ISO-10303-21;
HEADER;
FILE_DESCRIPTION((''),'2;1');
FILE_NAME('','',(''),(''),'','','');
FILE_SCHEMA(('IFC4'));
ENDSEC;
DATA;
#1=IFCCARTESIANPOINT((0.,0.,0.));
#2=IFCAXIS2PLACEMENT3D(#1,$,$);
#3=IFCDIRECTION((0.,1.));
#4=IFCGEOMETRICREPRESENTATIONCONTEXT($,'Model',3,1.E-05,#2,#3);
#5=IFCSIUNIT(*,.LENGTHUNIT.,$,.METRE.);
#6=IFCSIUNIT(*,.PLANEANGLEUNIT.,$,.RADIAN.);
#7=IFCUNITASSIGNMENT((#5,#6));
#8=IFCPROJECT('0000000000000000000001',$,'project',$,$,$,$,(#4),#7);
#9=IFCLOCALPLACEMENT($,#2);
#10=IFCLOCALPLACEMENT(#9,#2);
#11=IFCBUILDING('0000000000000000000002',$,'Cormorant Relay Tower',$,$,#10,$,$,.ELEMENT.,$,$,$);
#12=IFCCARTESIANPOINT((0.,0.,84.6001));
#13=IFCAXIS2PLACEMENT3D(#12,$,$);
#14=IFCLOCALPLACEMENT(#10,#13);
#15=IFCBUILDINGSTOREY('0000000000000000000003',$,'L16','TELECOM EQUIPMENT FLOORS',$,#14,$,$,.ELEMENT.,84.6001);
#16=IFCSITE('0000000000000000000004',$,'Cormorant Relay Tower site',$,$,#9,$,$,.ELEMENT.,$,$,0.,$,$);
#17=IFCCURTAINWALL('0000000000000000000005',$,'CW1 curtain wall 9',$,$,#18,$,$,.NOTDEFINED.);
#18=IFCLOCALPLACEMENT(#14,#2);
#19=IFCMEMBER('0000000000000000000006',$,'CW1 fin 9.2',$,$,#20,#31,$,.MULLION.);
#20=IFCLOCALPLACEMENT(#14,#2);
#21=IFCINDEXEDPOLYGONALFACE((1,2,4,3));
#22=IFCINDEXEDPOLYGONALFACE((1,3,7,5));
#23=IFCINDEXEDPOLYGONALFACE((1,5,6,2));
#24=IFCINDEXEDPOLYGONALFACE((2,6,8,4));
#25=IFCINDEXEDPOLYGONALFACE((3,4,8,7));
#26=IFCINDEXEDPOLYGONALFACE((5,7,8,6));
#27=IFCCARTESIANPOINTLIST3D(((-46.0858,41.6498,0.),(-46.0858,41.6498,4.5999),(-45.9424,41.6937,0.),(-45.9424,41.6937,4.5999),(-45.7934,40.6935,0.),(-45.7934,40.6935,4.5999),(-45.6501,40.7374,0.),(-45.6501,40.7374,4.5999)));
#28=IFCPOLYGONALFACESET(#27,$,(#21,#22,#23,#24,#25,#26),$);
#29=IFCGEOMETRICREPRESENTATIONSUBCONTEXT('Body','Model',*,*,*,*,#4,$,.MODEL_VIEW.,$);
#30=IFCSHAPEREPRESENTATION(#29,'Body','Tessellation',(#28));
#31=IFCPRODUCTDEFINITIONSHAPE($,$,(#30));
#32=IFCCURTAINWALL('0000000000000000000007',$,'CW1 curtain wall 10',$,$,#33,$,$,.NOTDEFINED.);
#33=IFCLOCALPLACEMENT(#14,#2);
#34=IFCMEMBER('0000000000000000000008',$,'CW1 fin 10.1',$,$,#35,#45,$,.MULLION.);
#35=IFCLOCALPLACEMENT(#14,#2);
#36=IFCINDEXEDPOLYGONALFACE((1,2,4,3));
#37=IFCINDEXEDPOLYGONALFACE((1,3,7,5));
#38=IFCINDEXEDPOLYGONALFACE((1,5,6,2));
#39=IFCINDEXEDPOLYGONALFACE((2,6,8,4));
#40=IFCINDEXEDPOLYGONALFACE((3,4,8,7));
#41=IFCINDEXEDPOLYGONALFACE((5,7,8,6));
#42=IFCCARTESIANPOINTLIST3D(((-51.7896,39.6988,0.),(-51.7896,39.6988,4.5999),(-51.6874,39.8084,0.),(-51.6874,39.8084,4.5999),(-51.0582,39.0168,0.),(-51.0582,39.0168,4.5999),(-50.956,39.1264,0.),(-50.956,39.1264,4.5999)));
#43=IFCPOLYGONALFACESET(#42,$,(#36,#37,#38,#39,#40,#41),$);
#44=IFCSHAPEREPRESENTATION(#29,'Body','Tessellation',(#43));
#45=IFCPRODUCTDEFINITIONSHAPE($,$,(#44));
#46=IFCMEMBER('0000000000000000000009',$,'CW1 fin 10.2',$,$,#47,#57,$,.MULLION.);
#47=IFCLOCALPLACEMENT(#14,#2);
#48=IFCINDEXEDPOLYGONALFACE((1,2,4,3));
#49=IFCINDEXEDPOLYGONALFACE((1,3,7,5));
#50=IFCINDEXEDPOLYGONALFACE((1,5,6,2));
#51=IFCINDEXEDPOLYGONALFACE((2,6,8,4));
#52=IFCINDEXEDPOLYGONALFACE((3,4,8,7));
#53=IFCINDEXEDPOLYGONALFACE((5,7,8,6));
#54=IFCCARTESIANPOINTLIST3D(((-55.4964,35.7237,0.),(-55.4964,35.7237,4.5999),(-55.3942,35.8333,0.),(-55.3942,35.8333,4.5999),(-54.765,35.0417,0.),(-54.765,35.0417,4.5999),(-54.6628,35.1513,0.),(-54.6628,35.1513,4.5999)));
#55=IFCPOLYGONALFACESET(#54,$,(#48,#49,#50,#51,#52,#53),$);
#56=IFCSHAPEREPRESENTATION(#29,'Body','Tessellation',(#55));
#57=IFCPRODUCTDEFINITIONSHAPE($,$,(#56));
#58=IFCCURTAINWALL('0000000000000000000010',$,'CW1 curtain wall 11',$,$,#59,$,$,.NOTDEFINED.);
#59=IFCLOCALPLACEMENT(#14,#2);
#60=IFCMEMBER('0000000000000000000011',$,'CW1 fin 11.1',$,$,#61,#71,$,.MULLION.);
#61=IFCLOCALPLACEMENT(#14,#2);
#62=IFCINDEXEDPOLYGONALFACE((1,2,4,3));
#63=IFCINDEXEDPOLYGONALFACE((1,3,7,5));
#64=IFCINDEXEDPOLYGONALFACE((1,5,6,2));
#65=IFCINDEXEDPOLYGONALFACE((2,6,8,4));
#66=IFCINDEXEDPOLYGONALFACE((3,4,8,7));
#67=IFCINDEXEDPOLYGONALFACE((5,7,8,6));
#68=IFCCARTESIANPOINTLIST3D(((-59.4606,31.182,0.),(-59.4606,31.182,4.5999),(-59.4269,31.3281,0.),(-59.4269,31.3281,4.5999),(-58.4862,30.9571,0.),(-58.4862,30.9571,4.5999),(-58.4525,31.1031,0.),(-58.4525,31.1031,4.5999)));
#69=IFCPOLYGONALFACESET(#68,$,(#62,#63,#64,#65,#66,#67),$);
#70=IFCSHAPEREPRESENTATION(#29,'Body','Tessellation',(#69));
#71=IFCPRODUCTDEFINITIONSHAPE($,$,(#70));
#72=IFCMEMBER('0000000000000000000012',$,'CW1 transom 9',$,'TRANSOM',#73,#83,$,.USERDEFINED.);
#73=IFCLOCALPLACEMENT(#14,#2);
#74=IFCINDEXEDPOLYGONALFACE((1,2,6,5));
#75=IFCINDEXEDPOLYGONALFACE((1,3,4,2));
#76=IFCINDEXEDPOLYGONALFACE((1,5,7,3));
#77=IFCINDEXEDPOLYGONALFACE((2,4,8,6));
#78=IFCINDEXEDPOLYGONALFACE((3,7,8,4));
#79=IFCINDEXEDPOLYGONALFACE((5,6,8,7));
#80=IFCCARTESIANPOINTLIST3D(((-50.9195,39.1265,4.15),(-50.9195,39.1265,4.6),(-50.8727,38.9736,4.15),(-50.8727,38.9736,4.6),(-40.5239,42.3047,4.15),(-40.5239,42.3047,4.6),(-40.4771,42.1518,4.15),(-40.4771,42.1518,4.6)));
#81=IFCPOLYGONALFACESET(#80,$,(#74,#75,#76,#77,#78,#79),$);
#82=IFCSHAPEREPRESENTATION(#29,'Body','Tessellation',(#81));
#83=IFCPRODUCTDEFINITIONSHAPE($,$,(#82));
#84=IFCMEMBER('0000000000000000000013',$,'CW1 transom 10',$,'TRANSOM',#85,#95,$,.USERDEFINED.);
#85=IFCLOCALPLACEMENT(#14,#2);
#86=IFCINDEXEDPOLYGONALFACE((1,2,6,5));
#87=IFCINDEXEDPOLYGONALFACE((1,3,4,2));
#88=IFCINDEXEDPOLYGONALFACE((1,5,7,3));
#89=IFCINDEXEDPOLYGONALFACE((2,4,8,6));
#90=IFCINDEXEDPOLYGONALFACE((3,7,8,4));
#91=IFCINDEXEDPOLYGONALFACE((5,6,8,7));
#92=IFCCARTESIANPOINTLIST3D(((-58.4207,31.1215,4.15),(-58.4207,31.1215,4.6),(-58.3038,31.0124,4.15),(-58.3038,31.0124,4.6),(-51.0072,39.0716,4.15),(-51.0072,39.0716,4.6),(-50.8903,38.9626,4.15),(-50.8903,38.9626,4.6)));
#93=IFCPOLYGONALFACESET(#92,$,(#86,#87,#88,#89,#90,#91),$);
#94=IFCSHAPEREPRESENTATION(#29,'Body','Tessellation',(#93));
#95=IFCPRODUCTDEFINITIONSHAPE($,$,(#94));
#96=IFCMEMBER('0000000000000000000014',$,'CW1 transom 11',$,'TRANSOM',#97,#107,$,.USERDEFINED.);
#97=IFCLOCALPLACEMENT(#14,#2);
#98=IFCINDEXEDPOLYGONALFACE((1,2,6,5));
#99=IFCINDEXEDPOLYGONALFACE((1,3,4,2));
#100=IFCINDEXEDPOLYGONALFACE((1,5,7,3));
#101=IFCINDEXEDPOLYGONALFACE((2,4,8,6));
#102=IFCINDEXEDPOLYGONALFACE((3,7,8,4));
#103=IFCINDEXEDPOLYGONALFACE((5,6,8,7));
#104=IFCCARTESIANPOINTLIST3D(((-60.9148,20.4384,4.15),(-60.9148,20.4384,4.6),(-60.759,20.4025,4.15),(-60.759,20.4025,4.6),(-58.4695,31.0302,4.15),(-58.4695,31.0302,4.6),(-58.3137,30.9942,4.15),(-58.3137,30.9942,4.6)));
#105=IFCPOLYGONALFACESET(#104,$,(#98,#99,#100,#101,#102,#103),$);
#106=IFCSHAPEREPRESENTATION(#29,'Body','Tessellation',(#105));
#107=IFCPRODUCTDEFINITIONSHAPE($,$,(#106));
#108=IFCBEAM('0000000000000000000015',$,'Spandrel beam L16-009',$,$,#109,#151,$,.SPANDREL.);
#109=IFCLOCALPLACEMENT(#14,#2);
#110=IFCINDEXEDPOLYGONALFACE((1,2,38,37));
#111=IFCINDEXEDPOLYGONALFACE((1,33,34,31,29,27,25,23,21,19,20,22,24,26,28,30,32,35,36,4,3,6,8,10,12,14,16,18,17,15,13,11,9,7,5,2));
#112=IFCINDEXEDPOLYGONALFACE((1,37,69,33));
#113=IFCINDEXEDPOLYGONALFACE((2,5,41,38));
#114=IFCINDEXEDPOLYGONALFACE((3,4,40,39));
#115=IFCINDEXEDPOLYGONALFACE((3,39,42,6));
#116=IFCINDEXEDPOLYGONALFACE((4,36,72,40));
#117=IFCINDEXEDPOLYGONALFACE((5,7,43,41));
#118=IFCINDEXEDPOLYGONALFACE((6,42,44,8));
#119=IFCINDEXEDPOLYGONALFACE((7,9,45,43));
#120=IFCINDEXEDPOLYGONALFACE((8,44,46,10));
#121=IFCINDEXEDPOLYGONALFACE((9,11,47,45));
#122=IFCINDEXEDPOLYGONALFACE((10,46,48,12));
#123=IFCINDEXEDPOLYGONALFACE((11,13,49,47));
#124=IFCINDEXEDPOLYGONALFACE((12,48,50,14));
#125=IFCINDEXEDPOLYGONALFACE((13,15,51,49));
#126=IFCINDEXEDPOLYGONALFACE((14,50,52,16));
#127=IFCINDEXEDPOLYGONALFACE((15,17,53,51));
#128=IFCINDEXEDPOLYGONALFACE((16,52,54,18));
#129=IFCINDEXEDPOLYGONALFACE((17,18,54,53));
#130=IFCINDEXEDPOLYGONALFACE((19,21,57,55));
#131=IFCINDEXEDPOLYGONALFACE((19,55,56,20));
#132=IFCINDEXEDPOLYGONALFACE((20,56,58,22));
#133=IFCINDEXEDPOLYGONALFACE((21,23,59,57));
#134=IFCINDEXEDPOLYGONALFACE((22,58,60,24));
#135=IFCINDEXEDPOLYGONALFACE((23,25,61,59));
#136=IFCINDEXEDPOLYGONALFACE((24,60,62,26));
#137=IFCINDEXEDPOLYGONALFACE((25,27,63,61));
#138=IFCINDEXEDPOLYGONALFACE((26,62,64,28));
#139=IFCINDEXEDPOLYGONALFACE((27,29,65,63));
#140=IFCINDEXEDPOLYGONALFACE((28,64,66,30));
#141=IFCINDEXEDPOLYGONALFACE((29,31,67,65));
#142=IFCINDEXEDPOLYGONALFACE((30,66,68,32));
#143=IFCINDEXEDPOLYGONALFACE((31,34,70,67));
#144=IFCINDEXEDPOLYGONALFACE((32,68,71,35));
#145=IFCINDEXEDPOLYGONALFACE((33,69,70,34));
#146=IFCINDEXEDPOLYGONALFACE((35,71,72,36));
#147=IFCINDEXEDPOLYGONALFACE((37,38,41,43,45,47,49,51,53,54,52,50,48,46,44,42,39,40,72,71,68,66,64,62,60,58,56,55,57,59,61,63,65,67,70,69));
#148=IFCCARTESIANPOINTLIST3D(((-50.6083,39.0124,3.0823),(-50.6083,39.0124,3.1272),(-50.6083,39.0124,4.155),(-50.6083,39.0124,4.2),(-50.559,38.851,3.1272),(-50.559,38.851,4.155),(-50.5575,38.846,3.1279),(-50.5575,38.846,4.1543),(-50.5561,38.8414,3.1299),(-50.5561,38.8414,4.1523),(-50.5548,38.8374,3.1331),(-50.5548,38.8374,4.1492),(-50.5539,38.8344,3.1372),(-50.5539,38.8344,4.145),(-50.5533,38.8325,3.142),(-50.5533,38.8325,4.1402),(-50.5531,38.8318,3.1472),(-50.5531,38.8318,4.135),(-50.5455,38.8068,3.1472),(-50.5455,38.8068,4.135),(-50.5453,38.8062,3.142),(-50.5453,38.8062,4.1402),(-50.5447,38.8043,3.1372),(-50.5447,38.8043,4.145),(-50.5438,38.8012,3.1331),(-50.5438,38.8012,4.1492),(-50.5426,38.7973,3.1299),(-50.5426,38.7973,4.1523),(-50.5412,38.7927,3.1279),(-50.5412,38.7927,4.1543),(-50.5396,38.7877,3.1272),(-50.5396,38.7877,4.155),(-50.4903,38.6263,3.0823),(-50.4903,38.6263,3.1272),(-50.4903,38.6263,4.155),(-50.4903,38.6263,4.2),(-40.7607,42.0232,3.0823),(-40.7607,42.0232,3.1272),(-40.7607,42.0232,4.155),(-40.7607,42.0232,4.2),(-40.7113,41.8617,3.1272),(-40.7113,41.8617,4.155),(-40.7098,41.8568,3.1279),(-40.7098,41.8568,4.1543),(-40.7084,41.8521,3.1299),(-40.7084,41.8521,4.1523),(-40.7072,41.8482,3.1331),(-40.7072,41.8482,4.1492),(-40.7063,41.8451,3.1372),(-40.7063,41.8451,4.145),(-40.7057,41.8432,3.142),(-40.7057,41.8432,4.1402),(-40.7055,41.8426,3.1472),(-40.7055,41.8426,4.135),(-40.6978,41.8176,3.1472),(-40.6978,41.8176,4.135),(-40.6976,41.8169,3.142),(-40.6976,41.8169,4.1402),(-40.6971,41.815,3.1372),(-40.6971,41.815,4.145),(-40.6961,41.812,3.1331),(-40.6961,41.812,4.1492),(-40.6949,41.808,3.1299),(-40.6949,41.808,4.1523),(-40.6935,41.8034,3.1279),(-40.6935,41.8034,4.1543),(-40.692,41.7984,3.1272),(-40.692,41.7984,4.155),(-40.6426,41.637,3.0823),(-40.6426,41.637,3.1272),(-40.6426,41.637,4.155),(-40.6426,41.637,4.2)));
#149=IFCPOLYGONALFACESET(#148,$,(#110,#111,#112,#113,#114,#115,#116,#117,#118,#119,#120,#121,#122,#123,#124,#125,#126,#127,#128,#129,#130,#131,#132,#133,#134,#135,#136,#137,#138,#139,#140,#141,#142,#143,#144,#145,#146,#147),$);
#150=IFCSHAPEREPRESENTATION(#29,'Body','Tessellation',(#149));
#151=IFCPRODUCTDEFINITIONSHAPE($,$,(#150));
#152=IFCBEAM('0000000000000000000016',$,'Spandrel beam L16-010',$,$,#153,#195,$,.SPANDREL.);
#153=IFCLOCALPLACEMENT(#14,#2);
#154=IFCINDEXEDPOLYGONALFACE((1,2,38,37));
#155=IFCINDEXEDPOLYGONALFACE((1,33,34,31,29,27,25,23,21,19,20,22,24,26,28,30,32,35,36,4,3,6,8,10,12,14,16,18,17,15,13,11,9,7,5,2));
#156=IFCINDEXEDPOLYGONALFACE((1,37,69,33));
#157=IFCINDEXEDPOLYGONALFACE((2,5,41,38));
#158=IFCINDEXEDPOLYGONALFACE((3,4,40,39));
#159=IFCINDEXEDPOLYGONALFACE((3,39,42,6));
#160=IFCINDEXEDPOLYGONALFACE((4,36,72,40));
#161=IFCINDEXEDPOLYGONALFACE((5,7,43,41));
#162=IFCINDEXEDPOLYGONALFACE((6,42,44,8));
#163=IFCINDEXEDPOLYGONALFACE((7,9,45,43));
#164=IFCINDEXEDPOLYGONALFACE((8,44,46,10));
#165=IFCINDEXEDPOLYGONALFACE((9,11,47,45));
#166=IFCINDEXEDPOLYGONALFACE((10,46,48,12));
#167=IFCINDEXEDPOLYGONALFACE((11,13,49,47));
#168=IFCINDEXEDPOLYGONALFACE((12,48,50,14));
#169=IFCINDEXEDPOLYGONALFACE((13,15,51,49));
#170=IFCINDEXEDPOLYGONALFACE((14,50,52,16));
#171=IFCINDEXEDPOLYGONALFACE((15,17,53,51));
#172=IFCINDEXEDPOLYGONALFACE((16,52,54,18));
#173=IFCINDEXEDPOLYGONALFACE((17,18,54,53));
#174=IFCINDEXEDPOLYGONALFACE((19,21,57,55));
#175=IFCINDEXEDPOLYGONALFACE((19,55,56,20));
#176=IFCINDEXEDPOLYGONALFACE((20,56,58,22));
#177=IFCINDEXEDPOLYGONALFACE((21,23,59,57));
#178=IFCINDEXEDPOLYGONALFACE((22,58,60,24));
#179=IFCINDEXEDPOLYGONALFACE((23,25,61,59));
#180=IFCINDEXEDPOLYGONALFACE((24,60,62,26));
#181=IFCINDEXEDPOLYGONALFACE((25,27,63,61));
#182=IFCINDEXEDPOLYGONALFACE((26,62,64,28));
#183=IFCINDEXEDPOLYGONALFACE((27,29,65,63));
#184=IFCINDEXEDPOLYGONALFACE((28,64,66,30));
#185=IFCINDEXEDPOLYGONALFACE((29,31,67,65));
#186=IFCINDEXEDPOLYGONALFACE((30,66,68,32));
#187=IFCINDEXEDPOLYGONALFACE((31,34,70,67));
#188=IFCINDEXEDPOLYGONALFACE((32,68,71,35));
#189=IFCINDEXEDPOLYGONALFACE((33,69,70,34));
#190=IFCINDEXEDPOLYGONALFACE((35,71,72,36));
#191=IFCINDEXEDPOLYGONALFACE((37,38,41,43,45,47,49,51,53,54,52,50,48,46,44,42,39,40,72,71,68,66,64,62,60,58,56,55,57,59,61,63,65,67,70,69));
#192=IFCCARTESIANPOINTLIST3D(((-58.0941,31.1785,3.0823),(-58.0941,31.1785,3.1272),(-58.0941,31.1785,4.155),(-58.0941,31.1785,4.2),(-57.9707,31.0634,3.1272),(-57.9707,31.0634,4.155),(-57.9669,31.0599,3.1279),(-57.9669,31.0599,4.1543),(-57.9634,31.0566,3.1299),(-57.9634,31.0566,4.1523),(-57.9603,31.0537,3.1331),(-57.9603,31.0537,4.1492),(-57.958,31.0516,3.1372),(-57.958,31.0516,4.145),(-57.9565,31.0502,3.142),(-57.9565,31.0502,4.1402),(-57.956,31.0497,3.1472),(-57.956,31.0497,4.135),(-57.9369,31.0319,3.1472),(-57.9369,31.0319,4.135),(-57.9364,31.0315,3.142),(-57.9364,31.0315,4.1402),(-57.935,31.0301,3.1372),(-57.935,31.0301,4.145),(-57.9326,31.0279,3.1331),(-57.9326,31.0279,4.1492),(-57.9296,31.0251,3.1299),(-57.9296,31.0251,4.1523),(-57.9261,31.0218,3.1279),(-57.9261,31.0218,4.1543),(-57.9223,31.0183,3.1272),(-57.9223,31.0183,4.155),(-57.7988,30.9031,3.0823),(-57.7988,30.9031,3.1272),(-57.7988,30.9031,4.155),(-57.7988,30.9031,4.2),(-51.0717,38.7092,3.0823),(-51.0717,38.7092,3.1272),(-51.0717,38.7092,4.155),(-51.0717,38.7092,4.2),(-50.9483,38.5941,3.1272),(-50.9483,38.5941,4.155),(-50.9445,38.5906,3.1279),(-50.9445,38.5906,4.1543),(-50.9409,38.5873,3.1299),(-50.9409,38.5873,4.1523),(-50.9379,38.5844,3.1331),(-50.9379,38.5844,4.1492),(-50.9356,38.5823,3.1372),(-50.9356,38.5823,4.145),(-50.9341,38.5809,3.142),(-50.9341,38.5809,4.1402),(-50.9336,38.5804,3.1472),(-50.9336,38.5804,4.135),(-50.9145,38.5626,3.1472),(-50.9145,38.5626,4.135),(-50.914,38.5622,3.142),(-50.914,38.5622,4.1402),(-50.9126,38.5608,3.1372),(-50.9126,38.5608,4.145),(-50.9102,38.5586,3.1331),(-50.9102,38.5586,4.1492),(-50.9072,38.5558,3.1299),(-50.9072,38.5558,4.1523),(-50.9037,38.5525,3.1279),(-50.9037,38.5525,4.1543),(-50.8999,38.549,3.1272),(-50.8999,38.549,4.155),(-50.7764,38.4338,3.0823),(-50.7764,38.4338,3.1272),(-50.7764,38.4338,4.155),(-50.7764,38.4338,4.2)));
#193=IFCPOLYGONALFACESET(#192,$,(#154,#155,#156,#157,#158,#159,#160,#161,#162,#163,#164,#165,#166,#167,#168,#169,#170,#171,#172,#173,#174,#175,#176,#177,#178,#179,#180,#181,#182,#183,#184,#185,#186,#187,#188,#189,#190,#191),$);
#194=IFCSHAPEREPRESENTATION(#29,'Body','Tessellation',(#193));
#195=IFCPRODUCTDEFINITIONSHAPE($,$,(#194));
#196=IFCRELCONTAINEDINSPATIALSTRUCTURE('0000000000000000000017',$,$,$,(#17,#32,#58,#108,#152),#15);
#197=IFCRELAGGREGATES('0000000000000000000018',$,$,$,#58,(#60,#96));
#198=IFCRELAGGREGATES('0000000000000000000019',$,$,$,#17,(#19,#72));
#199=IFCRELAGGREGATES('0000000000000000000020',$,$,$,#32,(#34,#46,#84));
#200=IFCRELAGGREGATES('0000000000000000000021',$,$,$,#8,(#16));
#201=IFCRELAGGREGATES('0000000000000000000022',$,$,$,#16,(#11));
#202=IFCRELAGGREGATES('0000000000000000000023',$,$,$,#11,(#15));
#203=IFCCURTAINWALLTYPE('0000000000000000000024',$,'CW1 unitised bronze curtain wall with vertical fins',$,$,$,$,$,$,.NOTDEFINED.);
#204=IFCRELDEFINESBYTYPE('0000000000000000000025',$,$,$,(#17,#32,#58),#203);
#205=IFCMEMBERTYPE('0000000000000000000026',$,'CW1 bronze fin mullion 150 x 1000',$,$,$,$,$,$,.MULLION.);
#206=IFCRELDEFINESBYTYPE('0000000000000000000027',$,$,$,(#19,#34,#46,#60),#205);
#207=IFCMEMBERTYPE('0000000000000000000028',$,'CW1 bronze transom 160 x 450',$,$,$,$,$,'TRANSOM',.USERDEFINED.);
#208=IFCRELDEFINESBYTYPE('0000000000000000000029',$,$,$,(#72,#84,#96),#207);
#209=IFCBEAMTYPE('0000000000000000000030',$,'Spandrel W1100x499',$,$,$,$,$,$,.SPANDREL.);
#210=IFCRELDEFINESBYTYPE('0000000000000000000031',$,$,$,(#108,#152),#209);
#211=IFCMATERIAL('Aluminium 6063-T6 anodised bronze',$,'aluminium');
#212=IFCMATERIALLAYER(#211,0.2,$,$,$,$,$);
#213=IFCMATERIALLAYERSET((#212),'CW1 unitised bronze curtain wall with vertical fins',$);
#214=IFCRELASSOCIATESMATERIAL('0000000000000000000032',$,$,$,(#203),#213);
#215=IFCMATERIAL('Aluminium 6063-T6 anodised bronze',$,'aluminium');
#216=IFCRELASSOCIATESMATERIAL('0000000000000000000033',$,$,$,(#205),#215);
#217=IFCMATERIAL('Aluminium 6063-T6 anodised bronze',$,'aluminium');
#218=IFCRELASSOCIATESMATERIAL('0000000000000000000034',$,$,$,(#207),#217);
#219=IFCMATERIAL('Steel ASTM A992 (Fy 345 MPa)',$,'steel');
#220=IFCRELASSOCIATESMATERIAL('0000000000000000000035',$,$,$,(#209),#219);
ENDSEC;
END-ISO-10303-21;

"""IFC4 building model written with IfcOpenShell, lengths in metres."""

from ifc_helpers import new_model, si_unit, direction, frame, origin, origin_2d, place, context, subcontext, project, spatial, rectangle, i_section, extrude, material, layer, layer_set, material_profile, profile_set, type_object, element, aggregate, save


model = new_model("IFC4")

# Units and contexts
model_context = context("Model", 3, precision=1e-05, world=origin(), true_north=direction((0.0, 1.0)))
body_context = subcontext(model_context, "Body", "Model", "MODEL_VIEW")
ifc_project = project(units=[si_unit("LENGTHUNIT", "METRE"), si_unit("PLANEANGLEUNIT", "RADIAN")], contexts=[model_context])

# Site, building, storey
site_placement = place(None, origin())
site = spatial("IfcSite", under=ifc_project, at=site_placement, Name="Cormorant Relay Tower site", CompositionType="ELEMENT", RefElevation=0.0)
building_placement = place(site_placement, origin())
building = spatial("IfcBuilding", under=site, at=building_placement, Name="Cormorant Relay Tower", CompositionType="ELEMENT")
storey_placement = place(building_placement, frame((0.0, 0.0, 84.6001)))
storey = spatial("IfcBuildingStorey", under=building, at=storey_placement, Name="L16", Description="TELECOM EQUIPMENT FLOORS", CompositionType="ELEMENT", Elevation=84.6001)

# Curtain walls, members
ifc_material_1 = material(Name="Aluminium 6063-T6 anodised bronze", Category="aluminium")
ifc_layer_1 = layer(ifc_material_1, 0.2)
ifc_layer_set_1 = layer_set([ifc_layer_1], Name="CW1 unitised bronze curtain wall with vertical fins")
curtain_wall_type = type_object("IfcCurtainWallType", Name="CW1 unitised bronze curtain wall with vertical fins", PredefinedType="NOTDEFINED", material=ifc_layer_set_1)
curtain_wall_1_placement = place(storey_placement, origin())
curtain_wall_1 = element("IfcCurtainWall", 1, at=curtain_wall_1_placement, inside=storey, type_object=curtain_wall_type, Name="CW1 curtain wall 9", PredefinedType="NOTDEFINED")
ifc_material_2 = material(Name="Aluminium 6063-T6 anodised bronze", Category="aluminium")
ifc_material_profile_1 = material_profile(ifc_material_2, rectangle(XDim=0.1499, YDim=1.0, at=origin_2d()), Name="AL 150x1000")
ifc_profile_set_1 = profile_set([ifc_material_profile_1], Name="Aluminium 6063-T6 anodised bronze")
member_type_1 = type_object("IfcMemberType", Name="CW1 bronze fin mullion 150 x 1000", PredefinedType="MULLION", material=ifc_profile_set_1)
member_1_placement = place(storey_placement, frame((-45.8679, 41.1936, 0.0), z_axis=(0.0, 0.0, 1.0), x_axis=(-0.956305, -0.292372, 0.0)))
member_1 = element("IfcMember", 2, at=member_1_placement, type_object=member_type_1, Name="CW1 fin 9.2", PredefinedType="MULLION", context=body_context, shape_type="SweptSolid", body=[
    extrude(rectangle(XDim=0.1499, YDim=1.0, at=origin_2d()), origin(), (0.0, 0.0, 1.0), 4.5999),
])
curtain_wall_2_placement = place(storey_placement, origin())
curtain_wall_2 = element("IfcCurtainWall", 3, at=curtain_wall_2_placement, inside=storey, type_object=curtain_wall_type, Name="CW1 curtain wall 10", PredefinedType="NOTDEFINED")
member_2_placement = place(storey_placement, frame((-51.3728, 39.4126, 0.0), z_axis=(0.0, 0.0, 1.0), x_axis=(-0.681998, -0.731354, 0.0)))
member_2 = element("IfcMember", 4, at=member_2_placement, type_object=member_type_1, Name="CW1 fin 10.1", PredefinedType="MULLION", context=body_context, shape_type="SweptSolid", body=[
    extrude(rectangle(XDim=0.1499, YDim=1.0, at=origin_2d()), origin(), (0.0, 0.0, 1.0), 4.5999),
])
member_3_placement = place(storey_placement, frame((-55.0796, 35.4375, 0.0), z_axis=(0.0, 0.0, 1.0), x_axis=(-0.681998, -0.731354, 0.0)))
member_3 = element("IfcMember", 5, at=member_3_placement, type_object=member_type_1, Name="CW1 fin 10.2", PredefinedType="MULLION", context=body_context, shape_type="SweptSolid", body=[
    extrude(rectangle(XDim=0.1499, YDim=1.0, at=origin_2d()), origin(), (0.0, 0.0, 1.0), 4.5999),
])

# Curtain wall, member
curtain_wall_3_placement = place(storey_placement, origin())
curtain_wall_3 = element("IfcCurtainWall", 6, at=curtain_wall_3_placement, inside=storey, type_object=curtain_wall_type, Name="CW1 curtain wall 11", PredefinedType="NOTDEFINED")
member_4_placement = place(storey_placement, frame((-58.9565, 31.1426, 0.0), z_axis=(0.0, 0.0, 1.0), x_axis=(-0.224951, -0.97437, 0.0)))
member_4 = element("IfcMember", 7, at=member_4_placement, type_object=member_type_1, Name="CW1 fin 11.1", PredefinedType="MULLION", context=body_context, shape_type="SweptSolid", body=[
    extrude(rectangle(XDim=0.1499, YDim=1.0, at=origin_2d()), origin(), (0.0, 0.0, 1.0), 4.5999),
])

# Members
ifc_material_3 = material(Name="Aluminium 6063-T6 anodised bronze", Category="aluminium")
ifc_material_profile_2 = material_profile(ifc_material_3, rectangle(XDim=0.1599, YDim=0.45, at=origin_2d()), Name="AL 160x450")
ifc_profile_set_2 = profile_set([ifc_material_profile_2], Name="Aluminium 6063-T6 anodised bronze")
member_type_2 = type_object("IfcMemberType", Name="CW1 bronze transom 160 x 450", ElementType="TRANSOM", PredefinedType="USERDEFINED", material=ifc_profile_set_2)
member_5_placement = place(storey_placement, frame((-40.5005, 42.2283, 4.375), z_axis=(-0.956305, -0.292371, 0.0), x_axis=(0.292371, -0.956305, 0.0)))
member_5 = element("IfcMember", 8, at=member_5_placement, type_object=member_type_2, Name="CW1 transom 9", ObjectType="TRANSOM", PredefinedType="USERDEFINED", context=body_context, shape_type="SweptSolid", body=[
    extrude(rectangle(XDim=0.1599, YDim=0.45, at=origin_2d()), origin(), (0.0, 0.0, 1.0), 10.8706),
])
member_6_placement = place(storey_placement, frame((-50.9487, 39.0171, 4.375), z_axis=(-0.681993, -0.731358, 0.0), x_axis=(0.731358, -0.681993, 0.0)))
member_6 = element("IfcMember", 9, at=member_6_placement, type_object=member_type_2, Name="CW1 transom 10", ObjectType="TRANSOM", PredefinedType="USERDEFINED", context=body_context, shape_type="SweptSolid", body=[
    extrude(rectangle(XDim=0.1599, YDim=0.45, at=origin_2d()), origin(), (0.0, 0.0, 1.0), 10.8704),
])
member_7_placement = place(storey_placement, frame((-58.3916, 31.0122, 4.375), z_axis=(-0.224951, -0.97437, 0.0), x_axis=(0.97437, -0.224951, 0.0)))
member_7 = element("IfcMember", 10, at=member_7_placement, type_object=member_type_2, Name="CW1 transom 11", ObjectType="TRANSOM", PredefinedType="USERDEFINED", context=body_context, shape_type="SweptSolid", body=[
    extrude(rectangle(XDim=0.1599, YDim=0.45, at=origin_2d()), origin(), (0.0, 0.0, 1.0), 10.8704),
])
aggregate(curtain_wall_3, [member_4, member_7])

# Beams
ifc_material_4 = material(Name="Steel ASTM A992 (Fy 345 MPa)", Category="steel")
ifc_material_profile_3 = material_profile(ifc_material_4, i_section(OverallWidth=0.4038, OverallDepth=1.1177, WebThickness=0.0261, FlangeThickness=0.0449, FilletRadius=0.02, at=origin_2d()), Name="W1100x499")
ifc_profile_set_3 = profile_set([ifc_material_profile_3], Name="Steel ASTM A992 (Fy 345 MPa)")
beam_type = type_object("IfcBeamType", Name="Spandrel W1100x499", PredefinedType="SPANDREL", material=ifc_profile_set_3)
beam_1_placement = place(storey_placement, frame((-40.7017, 41.8301, 3.6411), z_axis=(-0.956304, -0.292373, 0.0), x_axis=(0.292373, -0.956304, 0.0)))
element("IfcBeam", 11, at=beam_1_placement, inside=storey, type_object=beam_type, Name="Spandrel beam L16-009", PredefinedType="SPANDREL", context=body_context, shape_type="SweptSolid", body=[
    extrude(i_section(OverallWidth=0.4038, OverallDepth=1.1177, WebThickness=0.0261, FlangeThickness=0.0449, FilletRadius=0.02, at=origin_2d()), origin(), (0.0, 0.0, 1.0), 10.2976),
])
beam_2_placement = place(storey_placement, frame((-50.9241, 38.5715, 3.6411), z_axis=(-0.681994, -0.731358, 0.0), x_axis=(0.731358, -0.681994, 0.0)))
element("IfcBeam", 12, at=beam_2_placement, inside=storey, type_object=beam_type, Name="Spandrel beam L16-010", PredefinedType="SPANDREL", context=body_context, shape_type="SweptSolid", body=[
    extrude(i_section(OverallWidth=0.4038, OverallDepth=1.1177, WebThickness=0.0261, FlangeThickness=0.0449, FilletRadius=0.02, at=origin_2d()), origin(), (0.0, 0.0, 1.0), 10.2969),
])

aggregate(curtain_wall_1, [member_1, member_5])
aggregate(curtain_wall_2, [member_2, member_3, member_6])

save(model, "model.ifc")
